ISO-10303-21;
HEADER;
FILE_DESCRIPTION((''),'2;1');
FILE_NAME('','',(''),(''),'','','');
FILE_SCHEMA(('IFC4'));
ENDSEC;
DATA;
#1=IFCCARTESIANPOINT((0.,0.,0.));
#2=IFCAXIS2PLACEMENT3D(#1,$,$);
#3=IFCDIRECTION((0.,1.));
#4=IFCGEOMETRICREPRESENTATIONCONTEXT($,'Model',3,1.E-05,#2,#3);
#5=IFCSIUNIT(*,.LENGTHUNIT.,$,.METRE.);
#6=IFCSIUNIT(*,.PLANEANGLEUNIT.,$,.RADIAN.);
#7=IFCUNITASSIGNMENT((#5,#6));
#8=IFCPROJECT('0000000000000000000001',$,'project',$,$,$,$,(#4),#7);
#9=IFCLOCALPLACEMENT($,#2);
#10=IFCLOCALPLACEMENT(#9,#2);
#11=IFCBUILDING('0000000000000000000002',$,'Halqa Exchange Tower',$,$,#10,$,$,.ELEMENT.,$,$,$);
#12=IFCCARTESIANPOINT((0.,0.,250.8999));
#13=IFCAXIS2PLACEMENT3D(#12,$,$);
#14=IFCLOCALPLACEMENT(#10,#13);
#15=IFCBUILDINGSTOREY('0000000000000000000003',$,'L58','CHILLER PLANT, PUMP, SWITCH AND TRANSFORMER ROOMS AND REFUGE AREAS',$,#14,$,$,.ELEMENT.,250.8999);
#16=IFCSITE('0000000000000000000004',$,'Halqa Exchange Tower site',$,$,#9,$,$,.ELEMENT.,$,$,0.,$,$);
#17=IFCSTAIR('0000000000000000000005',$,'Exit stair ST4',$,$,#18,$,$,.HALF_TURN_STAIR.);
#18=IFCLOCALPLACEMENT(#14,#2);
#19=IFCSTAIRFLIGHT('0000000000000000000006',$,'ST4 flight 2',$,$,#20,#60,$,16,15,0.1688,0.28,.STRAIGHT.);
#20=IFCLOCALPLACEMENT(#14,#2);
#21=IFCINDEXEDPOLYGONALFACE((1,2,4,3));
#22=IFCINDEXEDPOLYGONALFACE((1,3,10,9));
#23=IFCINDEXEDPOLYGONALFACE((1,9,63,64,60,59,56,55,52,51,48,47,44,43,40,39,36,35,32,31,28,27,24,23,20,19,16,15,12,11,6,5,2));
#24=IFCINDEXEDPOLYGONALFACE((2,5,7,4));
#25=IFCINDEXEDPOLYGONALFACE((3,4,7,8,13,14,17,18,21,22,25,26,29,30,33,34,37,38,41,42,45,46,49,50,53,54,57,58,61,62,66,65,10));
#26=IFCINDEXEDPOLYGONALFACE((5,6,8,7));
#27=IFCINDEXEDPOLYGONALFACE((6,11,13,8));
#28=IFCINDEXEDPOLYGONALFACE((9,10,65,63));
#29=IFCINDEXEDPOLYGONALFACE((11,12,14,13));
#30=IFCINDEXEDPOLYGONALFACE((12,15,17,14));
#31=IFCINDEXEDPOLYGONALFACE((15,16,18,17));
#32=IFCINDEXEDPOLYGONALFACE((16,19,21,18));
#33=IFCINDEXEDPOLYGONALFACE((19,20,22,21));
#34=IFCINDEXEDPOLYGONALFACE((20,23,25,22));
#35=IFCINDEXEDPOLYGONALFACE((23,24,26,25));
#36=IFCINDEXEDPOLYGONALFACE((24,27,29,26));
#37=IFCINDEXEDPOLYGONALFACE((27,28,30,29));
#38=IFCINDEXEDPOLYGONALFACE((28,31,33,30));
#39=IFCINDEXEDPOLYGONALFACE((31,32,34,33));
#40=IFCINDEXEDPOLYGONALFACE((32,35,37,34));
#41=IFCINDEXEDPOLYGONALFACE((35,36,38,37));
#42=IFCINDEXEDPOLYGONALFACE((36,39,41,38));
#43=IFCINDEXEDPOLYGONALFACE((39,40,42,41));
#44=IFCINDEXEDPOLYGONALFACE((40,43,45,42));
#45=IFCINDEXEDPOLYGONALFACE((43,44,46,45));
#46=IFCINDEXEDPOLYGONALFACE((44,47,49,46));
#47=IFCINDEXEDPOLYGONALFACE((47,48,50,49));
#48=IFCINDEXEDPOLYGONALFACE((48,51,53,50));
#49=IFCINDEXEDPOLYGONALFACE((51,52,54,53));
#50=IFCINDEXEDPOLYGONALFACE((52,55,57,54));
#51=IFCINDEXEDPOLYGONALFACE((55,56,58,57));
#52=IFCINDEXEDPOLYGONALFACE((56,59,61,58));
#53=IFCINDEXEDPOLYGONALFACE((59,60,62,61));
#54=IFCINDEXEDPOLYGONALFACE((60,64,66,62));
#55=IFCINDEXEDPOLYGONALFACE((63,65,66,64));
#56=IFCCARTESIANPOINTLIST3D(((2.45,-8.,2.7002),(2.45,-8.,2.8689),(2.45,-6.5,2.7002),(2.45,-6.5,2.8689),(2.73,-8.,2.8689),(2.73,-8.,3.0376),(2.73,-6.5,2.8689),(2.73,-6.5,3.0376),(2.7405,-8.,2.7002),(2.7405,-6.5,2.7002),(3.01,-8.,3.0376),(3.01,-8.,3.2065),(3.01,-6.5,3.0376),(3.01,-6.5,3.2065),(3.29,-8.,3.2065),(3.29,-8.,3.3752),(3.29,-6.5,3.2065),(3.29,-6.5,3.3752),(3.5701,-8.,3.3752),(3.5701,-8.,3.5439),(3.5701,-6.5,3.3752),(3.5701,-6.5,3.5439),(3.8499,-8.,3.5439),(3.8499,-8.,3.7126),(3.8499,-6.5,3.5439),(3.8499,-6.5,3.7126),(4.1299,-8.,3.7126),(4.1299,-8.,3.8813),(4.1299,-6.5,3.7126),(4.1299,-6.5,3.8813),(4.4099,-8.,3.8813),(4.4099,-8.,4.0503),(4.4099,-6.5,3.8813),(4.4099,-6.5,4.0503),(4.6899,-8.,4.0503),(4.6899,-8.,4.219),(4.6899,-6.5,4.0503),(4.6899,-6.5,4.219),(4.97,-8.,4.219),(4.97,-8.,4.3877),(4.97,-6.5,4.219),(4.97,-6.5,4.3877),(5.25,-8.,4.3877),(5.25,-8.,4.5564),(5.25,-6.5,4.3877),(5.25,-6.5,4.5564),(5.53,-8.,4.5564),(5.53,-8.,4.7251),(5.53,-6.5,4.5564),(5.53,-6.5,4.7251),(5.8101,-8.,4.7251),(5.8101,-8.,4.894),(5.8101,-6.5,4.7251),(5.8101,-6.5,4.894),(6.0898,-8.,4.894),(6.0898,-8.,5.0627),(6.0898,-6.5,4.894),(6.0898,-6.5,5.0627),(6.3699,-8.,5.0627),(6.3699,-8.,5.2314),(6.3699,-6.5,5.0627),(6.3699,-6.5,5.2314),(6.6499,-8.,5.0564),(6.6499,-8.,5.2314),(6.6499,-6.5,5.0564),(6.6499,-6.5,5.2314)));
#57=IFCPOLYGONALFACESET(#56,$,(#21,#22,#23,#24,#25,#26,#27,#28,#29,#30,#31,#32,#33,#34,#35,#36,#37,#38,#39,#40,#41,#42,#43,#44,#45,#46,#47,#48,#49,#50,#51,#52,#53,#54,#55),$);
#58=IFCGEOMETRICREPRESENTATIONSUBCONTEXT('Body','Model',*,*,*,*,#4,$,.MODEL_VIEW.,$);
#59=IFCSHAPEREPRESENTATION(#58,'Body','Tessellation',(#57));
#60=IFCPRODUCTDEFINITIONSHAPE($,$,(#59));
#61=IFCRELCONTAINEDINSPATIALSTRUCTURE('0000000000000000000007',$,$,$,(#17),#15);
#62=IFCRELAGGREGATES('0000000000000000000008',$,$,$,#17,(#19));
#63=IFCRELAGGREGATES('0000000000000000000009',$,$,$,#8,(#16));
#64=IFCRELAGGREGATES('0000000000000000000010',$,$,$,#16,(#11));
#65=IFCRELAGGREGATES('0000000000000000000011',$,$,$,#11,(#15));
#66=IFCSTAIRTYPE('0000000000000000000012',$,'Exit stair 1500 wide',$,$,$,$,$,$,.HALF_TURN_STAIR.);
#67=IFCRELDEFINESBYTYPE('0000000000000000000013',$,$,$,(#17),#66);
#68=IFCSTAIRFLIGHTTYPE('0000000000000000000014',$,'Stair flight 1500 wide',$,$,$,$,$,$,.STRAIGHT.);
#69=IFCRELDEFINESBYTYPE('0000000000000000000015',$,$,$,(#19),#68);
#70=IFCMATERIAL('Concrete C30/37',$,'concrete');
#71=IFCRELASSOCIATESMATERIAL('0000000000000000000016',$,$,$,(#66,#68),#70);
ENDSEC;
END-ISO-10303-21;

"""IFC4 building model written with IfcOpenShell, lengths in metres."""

from ifc_helpers import new_model, si_unit, direction, frame, origin, place, context, subcontext, project, spatial, polyline, outline, extrude, material, type_object, element, aggregate, save


model = new_model("IFC4")

# Units and contexts
model_context = context("Model", 3, precision=1e-05, world=origin(), true_north=direction((0.0, 1.0)))
body_context = subcontext(model_context, "Body", "Model", "MODEL_VIEW")
ifc_project = project(units=[si_unit("LENGTHUNIT", "METRE"), si_unit("PLANEANGLEUNIT", "RADIAN")], contexts=[model_context])

# Site, building, storey
site_placement = place(None, origin())
site = spatial("IfcSite", under=ifc_project, at=site_placement, Name="Halqa Exchange Tower site", CompositionType="ELEMENT", RefElevation=0.0)
building_placement = place(site_placement, origin())
building = spatial("IfcBuilding", under=site, at=building_placement, Name="Halqa Exchange Tower", CompositionType="ELEMENT")
storey_placement = place(building_placement, frame((0.0, 0.0, 250.8999)))
storey = spatial("IfcBuildingStorey", under=building, at=storey_placement, Name="L58", Description="CHILLER PLANT, PUMP, SWITCH AND TRANSFORMER ROOMS AND REFUGE AREAS", CompositionType="ELEMENT", Elevation=250.8999)

# Shared definitions
ifc_material_1 = material(Name="Concrete C30/37", Category="concrete")

# Stair, stair flight
stair_type = type_object("IfcStairType", Name="Exit stair 1500 wide", PredefinedType="HALF_TURN_STAIR", material=ifc_material_1)
stair_placement = place(storey_placement, origin())
stair = element("IfcStair", 1, at=stair_placement, inside=storey, type_object=stair_type, Name="Exit stair ST4", PredefinedType="HALF_TURN_STAIR")
stair_flight_type = type_object("IfcStairFlightType", Name="Stair flight 1500 wide", PredefinedType="STRAIGHT", material=ifc_material_1)
stair_flight_1_placement = place(storey_placement, frame((2.45, -7.25, 2.7002), z_axis=(0.0, 0.0, 1.0), x_axis=(1.0, 0.0, 0.0)))
stair_flight_1 = element("IfcStairFlight", 2, at=stair_flight_1_placement, type_object=stair_flight_type, Name="ST4 flight 2", NumberOfRisers=16, NumberOfTreads=15, PredefinedType="STRAIGHT", RiserHeight=0.1688, TreadLength=0.28, context=body_context, shape_type="SweptSolid", body=[
    extrude(outline(polyline([(0.0, 0.0), (0.0, 0.1687), (0.28, 0.1687), (0.28, 0.3374), (0.5601, 0.3374), (0.5601, 0.5063), (0.8401, 0.5063), (0.8401, 0.675), (1.1201, 0.675), (1.1201, 0.8438), (1.3999, 0.8438), (1.3999, 1.0125), (1.6799, 1.0125), (1.6799, 1.1812), (1.96, 1.1812), (1.96, 1.3501), (2.24, 1.3501), (2.24, 1.5188), (2.52, 1.5188), (2.52, 1.6875), (2.8, 1.6875), (2.8, 1.8562), (3.0801, 1.8562), (3.0801, 2.0249), (3.3601, 2.0249), (3.3601, 2.1938), (3.6399, 2.1938), (3.6399, 2.3625), (3.9199, 2.3625), (3.9199, 2.5312), (4.2, 2.5312), (4.2, 2.7), (4.2, 2.3562), (0.2905, 0.0), (0.0, 0.0)])), frame((0.0, 0.75, 0.0), z_axis=(0.0, -1.0, 0.0), x_axis=(1.0, 0.0, 0.0)), (0.0, 0.0, 1.0), 1.5),
])
aggregate(stair, [stair_flight_1])

save(model, "model.ifc")
